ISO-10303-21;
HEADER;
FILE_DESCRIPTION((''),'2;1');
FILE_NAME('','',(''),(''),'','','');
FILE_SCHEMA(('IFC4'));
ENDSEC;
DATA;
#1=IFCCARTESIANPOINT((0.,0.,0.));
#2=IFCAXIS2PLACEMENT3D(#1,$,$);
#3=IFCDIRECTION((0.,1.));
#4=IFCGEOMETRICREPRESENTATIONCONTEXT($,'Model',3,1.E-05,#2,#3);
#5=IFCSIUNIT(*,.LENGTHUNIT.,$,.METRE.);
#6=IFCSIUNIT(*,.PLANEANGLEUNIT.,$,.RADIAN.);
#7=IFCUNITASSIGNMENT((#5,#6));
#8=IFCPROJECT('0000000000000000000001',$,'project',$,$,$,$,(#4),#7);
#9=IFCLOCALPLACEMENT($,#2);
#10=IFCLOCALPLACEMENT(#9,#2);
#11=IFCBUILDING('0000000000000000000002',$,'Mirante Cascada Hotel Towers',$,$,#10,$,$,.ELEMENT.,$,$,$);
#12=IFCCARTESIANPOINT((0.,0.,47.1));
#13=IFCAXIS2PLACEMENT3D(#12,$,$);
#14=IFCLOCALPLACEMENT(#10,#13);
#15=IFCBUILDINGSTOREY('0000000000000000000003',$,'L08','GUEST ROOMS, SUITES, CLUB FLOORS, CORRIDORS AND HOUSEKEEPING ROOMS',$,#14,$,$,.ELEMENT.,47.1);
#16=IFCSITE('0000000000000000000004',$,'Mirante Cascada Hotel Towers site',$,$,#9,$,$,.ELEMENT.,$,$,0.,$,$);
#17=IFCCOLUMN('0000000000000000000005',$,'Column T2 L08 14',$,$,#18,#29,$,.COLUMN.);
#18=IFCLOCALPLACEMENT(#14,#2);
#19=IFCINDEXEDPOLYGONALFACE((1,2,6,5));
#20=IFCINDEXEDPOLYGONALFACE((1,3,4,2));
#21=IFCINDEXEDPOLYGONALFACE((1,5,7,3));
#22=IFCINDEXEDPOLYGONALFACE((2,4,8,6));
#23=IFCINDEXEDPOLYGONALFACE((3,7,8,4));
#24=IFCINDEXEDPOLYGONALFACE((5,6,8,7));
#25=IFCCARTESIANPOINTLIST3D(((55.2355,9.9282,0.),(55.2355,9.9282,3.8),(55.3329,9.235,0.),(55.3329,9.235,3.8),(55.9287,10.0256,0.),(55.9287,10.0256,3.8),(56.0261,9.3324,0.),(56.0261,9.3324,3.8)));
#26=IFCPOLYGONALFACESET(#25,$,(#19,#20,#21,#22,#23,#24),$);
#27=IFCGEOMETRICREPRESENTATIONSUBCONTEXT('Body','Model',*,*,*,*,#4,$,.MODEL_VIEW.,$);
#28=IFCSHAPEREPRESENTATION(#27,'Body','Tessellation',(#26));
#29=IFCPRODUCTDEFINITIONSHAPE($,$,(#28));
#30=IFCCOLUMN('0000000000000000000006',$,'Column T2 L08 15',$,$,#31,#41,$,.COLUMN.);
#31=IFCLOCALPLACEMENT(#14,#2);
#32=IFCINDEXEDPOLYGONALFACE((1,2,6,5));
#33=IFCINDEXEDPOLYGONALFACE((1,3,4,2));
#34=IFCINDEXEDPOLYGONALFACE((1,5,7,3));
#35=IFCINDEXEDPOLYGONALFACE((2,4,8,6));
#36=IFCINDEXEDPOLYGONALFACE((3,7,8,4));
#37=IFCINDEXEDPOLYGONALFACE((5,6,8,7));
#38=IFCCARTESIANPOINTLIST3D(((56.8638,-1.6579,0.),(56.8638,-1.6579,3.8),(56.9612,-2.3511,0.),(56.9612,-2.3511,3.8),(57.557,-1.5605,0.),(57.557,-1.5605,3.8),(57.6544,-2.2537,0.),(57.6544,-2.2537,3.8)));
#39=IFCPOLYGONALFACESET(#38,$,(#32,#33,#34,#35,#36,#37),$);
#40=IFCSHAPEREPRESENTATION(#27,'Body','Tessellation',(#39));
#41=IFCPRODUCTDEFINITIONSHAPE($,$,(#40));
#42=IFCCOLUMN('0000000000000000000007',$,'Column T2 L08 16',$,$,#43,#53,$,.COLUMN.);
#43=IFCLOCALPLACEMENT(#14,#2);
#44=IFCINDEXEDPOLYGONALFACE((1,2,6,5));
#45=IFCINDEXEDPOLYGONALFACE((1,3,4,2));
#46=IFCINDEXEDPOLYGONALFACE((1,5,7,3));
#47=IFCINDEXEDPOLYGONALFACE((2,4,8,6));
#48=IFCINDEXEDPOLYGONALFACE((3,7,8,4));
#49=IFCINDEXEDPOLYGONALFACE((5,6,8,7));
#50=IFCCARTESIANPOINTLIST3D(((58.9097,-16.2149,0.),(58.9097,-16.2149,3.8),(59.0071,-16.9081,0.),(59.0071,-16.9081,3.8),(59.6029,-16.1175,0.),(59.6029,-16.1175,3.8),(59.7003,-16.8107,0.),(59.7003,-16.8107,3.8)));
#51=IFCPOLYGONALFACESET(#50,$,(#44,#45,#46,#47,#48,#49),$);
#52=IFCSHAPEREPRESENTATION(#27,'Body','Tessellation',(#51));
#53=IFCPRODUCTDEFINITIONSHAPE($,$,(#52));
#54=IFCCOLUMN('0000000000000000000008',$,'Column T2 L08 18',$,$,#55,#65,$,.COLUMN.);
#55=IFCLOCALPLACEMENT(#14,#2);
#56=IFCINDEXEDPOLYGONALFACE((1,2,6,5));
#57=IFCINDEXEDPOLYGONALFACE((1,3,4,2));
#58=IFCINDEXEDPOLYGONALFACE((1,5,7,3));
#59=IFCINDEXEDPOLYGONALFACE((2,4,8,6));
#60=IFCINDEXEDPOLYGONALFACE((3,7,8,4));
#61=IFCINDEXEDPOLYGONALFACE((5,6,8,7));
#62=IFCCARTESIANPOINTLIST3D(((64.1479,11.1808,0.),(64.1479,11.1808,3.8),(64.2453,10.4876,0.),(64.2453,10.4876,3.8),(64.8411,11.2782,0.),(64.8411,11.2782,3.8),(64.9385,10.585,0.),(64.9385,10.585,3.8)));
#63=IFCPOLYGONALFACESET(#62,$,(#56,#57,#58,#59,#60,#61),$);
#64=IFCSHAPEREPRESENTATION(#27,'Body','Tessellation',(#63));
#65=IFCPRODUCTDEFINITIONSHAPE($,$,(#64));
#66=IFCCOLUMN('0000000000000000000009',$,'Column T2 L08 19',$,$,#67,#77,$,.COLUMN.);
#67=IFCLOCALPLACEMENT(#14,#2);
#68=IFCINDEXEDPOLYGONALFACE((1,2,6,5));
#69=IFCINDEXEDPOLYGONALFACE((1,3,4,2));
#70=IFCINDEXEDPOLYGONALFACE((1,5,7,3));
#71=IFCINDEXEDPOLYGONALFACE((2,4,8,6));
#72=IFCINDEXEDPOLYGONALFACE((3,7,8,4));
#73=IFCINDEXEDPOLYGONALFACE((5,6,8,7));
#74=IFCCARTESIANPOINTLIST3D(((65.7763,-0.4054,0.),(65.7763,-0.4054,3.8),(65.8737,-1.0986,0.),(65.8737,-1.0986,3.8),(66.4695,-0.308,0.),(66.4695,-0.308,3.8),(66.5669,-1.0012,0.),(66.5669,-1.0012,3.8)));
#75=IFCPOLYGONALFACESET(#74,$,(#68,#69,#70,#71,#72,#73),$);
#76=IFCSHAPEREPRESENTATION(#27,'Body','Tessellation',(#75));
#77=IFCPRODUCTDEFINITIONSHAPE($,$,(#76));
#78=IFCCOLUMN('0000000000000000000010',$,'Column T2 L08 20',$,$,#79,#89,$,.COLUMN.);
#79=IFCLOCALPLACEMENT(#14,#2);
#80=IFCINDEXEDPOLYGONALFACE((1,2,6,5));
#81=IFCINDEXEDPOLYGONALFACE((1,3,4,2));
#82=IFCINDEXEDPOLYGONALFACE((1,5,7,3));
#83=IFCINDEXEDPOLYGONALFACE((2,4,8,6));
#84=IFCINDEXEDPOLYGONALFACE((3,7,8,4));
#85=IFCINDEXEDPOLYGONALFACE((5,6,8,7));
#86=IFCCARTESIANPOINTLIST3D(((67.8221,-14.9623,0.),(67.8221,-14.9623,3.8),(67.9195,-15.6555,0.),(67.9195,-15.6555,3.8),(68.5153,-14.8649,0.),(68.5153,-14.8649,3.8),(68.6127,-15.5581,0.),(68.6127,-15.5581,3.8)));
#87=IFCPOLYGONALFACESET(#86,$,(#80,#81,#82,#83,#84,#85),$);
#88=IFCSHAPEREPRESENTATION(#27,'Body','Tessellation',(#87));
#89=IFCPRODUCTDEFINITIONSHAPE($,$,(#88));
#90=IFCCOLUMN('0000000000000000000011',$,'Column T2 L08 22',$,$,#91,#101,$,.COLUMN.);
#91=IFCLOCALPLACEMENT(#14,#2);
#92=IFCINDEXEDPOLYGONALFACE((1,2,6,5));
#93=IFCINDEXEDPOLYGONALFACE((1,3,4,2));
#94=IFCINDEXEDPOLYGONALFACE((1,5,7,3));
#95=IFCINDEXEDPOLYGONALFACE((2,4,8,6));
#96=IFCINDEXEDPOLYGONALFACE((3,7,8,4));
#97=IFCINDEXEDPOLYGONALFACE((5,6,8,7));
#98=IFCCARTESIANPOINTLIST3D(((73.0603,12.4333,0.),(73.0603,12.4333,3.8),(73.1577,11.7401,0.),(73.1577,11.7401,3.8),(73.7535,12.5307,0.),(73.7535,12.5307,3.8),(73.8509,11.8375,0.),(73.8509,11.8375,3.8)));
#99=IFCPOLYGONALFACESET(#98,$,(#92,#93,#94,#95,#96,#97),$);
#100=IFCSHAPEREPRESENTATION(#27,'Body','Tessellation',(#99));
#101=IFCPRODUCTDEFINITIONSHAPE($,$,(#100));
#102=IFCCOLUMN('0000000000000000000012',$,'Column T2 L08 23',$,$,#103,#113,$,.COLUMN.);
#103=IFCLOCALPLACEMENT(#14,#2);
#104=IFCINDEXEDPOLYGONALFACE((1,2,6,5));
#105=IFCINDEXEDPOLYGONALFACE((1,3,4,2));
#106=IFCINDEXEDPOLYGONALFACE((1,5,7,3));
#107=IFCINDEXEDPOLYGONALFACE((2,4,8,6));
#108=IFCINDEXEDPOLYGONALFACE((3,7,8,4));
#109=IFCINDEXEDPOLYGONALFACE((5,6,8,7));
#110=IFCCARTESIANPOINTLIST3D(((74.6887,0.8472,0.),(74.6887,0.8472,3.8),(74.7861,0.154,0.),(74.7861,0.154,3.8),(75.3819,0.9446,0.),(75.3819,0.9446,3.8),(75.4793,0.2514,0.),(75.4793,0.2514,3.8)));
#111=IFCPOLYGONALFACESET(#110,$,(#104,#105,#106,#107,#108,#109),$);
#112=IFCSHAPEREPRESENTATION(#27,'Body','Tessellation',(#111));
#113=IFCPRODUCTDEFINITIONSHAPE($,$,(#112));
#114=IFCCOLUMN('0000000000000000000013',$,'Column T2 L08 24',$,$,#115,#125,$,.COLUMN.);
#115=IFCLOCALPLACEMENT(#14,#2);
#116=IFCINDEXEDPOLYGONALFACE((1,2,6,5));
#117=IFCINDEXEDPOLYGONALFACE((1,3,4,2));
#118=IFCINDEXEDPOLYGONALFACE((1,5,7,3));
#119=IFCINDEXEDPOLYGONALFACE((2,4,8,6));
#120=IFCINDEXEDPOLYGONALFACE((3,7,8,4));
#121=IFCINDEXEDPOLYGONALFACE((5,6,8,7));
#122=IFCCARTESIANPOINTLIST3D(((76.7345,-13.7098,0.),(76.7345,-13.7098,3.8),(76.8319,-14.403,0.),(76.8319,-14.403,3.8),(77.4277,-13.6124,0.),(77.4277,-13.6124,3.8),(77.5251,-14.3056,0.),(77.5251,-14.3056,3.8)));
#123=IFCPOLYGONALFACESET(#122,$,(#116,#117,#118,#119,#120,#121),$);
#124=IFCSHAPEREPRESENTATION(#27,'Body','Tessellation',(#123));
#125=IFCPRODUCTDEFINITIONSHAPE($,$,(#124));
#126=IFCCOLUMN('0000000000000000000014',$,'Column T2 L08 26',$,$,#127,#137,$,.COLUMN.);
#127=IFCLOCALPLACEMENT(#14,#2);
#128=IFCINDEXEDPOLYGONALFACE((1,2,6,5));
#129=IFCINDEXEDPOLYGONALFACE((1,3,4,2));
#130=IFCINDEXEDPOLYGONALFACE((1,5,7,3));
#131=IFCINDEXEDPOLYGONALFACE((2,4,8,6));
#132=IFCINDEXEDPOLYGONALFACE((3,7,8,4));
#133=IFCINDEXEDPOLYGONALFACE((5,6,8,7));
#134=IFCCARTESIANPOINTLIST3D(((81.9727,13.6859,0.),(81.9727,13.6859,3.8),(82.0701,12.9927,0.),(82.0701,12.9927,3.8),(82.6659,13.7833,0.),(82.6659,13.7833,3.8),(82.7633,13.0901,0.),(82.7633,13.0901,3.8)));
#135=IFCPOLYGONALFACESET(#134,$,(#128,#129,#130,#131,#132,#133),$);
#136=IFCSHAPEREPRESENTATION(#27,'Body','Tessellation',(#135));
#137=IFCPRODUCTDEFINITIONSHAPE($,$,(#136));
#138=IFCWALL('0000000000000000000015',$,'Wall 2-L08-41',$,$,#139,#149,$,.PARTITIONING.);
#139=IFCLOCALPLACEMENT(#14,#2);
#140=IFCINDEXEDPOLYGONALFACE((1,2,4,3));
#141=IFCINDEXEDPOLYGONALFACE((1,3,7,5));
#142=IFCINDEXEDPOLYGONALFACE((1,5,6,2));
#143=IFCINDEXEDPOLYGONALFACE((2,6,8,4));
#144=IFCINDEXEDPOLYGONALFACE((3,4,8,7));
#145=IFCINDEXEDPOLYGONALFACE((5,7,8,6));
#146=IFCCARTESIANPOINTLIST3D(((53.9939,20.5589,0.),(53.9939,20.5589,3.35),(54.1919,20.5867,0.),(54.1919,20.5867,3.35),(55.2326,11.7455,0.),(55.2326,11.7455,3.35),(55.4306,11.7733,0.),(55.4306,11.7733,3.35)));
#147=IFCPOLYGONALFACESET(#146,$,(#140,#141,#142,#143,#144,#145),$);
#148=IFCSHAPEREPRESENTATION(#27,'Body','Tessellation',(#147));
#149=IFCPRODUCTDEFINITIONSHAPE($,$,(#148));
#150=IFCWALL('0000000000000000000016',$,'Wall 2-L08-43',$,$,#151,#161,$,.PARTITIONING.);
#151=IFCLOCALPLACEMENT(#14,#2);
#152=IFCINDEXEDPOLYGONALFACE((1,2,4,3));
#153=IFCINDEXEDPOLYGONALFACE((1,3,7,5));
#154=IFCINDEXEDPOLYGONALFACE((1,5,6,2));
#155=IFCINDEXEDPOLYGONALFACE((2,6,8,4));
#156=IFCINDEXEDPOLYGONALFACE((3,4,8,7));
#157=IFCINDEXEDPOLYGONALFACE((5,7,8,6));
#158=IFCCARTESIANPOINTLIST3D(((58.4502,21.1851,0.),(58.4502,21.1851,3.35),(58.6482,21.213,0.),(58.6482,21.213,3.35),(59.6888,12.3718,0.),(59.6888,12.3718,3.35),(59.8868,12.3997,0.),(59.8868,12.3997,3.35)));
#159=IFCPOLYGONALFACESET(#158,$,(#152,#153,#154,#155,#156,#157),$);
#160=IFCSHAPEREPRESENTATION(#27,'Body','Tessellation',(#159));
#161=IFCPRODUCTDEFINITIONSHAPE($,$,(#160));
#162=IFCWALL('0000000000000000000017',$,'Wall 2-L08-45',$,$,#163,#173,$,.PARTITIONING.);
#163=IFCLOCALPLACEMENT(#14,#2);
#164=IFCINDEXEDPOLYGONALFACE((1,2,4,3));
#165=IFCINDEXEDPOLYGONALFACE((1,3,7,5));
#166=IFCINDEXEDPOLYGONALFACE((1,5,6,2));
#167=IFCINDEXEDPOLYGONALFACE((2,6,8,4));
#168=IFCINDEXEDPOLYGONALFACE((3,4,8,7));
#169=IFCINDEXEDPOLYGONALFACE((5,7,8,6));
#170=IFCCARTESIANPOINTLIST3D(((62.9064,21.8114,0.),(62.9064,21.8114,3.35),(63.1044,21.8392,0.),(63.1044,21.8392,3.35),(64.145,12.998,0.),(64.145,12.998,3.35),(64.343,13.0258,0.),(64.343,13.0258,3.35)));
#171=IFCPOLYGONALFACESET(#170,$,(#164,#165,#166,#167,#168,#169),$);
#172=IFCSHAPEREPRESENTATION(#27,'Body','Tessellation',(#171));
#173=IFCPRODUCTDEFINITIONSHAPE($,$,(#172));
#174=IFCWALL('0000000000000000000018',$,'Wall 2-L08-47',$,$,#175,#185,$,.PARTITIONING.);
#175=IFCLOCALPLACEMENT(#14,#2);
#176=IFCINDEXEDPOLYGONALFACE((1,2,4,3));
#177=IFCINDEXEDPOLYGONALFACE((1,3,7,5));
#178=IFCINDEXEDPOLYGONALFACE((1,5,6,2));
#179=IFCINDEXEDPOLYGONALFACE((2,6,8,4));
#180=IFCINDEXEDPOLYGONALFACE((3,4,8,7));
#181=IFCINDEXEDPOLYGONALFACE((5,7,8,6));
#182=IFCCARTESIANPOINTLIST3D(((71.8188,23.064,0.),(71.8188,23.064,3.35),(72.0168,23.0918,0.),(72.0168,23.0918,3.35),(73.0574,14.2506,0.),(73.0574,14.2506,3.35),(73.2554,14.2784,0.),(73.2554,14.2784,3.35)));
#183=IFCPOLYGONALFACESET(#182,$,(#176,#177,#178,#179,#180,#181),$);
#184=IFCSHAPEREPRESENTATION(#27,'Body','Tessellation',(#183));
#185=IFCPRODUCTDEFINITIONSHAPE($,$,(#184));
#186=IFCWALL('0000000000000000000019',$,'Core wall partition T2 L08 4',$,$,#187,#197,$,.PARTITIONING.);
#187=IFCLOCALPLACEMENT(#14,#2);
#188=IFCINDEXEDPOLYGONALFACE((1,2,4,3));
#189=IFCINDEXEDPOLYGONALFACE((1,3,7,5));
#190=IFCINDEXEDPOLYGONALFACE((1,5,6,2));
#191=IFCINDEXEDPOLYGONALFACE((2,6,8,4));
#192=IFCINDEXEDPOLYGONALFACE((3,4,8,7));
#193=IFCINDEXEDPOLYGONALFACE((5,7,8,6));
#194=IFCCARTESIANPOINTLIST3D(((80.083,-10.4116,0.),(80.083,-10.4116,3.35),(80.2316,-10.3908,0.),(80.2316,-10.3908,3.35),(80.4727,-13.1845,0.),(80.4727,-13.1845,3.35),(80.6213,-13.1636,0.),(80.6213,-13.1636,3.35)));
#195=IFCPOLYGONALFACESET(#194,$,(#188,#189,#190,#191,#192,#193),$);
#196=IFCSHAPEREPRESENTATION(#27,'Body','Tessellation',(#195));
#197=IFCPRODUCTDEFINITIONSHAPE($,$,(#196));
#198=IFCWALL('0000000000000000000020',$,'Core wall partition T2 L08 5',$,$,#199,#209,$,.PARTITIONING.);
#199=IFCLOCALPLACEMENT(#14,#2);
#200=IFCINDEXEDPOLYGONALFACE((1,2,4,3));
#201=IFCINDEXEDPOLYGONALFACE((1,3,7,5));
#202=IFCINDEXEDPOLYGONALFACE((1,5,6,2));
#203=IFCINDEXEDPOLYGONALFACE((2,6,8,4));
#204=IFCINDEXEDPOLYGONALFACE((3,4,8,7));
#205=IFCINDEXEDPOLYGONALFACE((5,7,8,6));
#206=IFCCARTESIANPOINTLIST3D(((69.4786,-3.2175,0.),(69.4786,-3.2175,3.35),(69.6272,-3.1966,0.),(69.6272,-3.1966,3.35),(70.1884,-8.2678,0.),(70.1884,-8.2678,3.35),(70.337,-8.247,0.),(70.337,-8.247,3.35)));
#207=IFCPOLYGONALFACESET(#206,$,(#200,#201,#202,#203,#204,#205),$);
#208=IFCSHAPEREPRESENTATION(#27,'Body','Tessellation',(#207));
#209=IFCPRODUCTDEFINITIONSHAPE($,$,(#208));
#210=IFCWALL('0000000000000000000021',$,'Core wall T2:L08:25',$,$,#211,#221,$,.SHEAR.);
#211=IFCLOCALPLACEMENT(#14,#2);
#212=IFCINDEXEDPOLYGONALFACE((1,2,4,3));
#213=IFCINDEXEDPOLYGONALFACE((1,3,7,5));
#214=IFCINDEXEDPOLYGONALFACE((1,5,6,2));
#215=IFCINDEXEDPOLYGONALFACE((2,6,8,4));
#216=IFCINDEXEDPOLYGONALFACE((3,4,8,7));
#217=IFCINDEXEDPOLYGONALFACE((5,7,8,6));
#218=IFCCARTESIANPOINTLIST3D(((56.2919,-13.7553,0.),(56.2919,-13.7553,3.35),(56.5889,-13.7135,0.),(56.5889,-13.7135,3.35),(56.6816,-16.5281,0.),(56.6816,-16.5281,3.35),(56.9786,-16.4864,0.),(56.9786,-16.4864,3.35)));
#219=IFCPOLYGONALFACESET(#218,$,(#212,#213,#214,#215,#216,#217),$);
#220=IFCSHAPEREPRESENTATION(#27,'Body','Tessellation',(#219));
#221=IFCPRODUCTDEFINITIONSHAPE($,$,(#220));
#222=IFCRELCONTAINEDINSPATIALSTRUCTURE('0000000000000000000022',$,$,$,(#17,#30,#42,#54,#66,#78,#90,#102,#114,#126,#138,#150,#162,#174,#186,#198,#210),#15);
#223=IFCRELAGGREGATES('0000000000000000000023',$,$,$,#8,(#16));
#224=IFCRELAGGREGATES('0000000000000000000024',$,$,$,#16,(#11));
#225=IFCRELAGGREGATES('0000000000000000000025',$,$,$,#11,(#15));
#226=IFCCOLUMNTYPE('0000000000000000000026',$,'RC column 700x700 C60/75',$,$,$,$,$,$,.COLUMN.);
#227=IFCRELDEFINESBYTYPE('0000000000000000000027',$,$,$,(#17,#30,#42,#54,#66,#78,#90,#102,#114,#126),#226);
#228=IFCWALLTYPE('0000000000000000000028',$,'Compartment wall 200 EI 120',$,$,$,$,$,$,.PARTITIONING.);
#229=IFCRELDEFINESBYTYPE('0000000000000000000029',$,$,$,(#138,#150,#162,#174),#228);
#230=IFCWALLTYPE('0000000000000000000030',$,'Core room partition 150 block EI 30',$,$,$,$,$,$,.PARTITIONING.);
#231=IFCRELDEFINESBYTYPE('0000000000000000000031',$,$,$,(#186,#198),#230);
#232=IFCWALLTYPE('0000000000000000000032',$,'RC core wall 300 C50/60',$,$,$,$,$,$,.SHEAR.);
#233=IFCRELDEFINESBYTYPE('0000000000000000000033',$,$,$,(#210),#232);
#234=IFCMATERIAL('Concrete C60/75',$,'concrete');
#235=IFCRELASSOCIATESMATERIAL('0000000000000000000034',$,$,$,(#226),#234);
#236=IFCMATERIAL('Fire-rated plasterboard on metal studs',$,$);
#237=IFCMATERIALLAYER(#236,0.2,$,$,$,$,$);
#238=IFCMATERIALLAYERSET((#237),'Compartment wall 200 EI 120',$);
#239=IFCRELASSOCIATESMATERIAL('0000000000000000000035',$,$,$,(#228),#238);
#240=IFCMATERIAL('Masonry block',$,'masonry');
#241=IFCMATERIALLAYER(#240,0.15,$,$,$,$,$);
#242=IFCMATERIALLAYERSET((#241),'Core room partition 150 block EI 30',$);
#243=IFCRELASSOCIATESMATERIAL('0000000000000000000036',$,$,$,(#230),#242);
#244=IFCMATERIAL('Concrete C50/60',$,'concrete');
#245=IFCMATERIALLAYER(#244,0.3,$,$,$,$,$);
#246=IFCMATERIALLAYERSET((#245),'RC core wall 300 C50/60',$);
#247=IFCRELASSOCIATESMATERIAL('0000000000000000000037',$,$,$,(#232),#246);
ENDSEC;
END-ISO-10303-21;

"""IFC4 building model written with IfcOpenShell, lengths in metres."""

from ifc_helpers import new_model, si_unit, direction, frame, frame_2d, origin, origin_2d, place, context, subcontext, project, spatial, rectangle, extrude, material, layer, layer_set, material_profile, profile_set, type_object, element, save


model = new_model("IFC4")

# Units and contexts
model_context = context("Model", 3, precision=1e-05, world=origin(), true_north=direction((0.0, 1.0)))
body_context = subcontext(model_context, "Body", "Model", "MODEL_VIEW")
ifc_project = project(units=[si_unit("LENGTHUNIT", "METRE"), si_unit("PLANEANGLEUNIT", "RADIAN")], contexts=[model_context])

# Site, building, storey
site_placement = place(None, origin())
site = spatial("IfcSite", under=ifc_project, at=site_placement, Name="Mirante Cascada Hotel Towers site", CompositionType="ELEMENT", RefElevation=0.0)
building_placement = place(site_placement, origin())
building = spatial("IfcBuilding", under=site, at=building_placement, Name="Mirante Cascada Hotel Towers", CompositionType="ELEMENT")
storey_placement = place(building_placement, frame((0.0, 0.0, 47.1)))
storey = spatial("IfcBuildingStorey", under=building, at=storey_placement, Name="L08", Description="GUEST ROOMS, SUITES, CLUB FLOORS, CORRIDORS AND HOUSEKEEPING ROOMS", CompositionType="ELEMENT", Elevation=47.1)

# Columns
ifc_material_1 = material(Name="Concrete C60/75", Category="concrete")
ifc_material_profile = material_profile(ifc_material_1, rectangle(XDim=0.7, YDim=0.7, at=origin_2d()), Name="RC column 700x700 C60/75")
ifc_profile_set = profile_set([ifc_material_profile], Name="Concrete C60/75")
column_type = type_object("IfcColumnType", Name="RC column 700x700 C60/75", PredefinedType="COLUMN", material=ifc_profile_set)
for number, where, z_axis, x_axis, name in (
    (1, (55.6308, 9.6303, 0.0), (0.0, 0.0, 1.0), (0.990268, 0.139173, 0.0), "Column T2 L08 14"),
    (2, (57.2591, -1.9558, 0.0), (0.0, 0.0, 1.0), (0.990268, 0.139173, 0.0), "Column T2 L08 15"),
    (3, (59.305, -16.5128, 0.0), (0.0, 0.0, 1.0), (0.990268, 0.139173, 0.0), "Column T2 L08 16"),
    (4, (64.5432, 10.8829, 0.0), (0.0, 0.0, 1.0), (0.990268, 0.139173, 0.0), "Column T2 L08 18"),
    (5, (66.1716, -0.7033, 0.0), (0.0, 0.0, 1.0), (0.990268, 0.139173, 0.0), "Column T2 L08 19"),
    (6, (68.2174, -15.2602, 0.0), (0.0, 0.0, 1.0), (0.990268, 0.139173, 0.0), "Column T2 L08 20"),
    (7, (73.4556, 12.1354, 0.0), (0.0, 0.0, 1.0), (0.990268, 0.139173, 0.0), "Column T2 L08 22"),
    (8, (75.084, 0.5493, 0.0), (0.0, 0.0, 1.0), (0.990268, 0.139173, 0.0), "Column T2 L08 23"),
    (9, (77.1298, -14.0077, 0.0), (0.0, 0.0, 1.0), (0.990268, 0.139173, 0.0), "Column T2 L08 24"),
    (10, (82.368, 13.388, 0.0), (0.0, 0.0, 1.0), (0.990268, 0.139173, 0.0), "Column T2 L08 26"),
):
    element("IfcColumn", number, at=place(storey_placement, frame(where, z_axis=z_axis, x_axis=x_axis)), inside=storey, type_object=column_type, Name=name, PredefinedType="COLUMN", context=body_context, shape_type="SweptSolid", body=[
        extrude(rectangle(XDim=0.7, YDim=0.7, at=origin_2d()), origin(), (0.0, 0.0, 1.0), 3.8),
    ])

# Walls
ifc_material_2 = material(Name="Fire-rated plasterboard on metal studs")
ifc_layer_1 = layer(ifc_material_2, 0.2)
ifc_layer_set_1 = layer_set([ifc_layer_1], Name="Compartment wall 200 EI 120")
wall_type_1 = type_object("IfcWallType", Name="Compartment wall 200 EI 120", PredefinedType="PARTITIONING", material=ifc_layer_set_1)
wall_1_placement = place(storey_placement, frame((55.3316, 11.7594, 0.0), z_axis=(0.0, 0.0, 1.0), x_axis=(-0.139179, 0.990267, 0.0)))
element("IfcWall", 11, at=wall_1_placement, inside=storey, type_object=wall_type_1, Name="Wall 2-L08-41", PredefinedType="PARTITIONING", context=body_context, shape_type="SweptSolid", body=[
    extrude(rectangle(XDim=8.9, YDim=0.2, at=frame_2d((4.45, 0.0))), origin(), (0.0, 0.0, 1.0), 3.35),
])
wall_2_placement = place(storey_placement, frame((59.7878, 12.3857, 0.0), z_axis=(0.0, 0.0, 1.0), x_axis=(-0.13917, 0.990268, 0.0)))
element("IfcWall", 12, at=wall_2_placement, inside=storey, type_object=wall_type_1, Name="Wall 2-L08-43", PredefinedType="PARTITIONING", context=body_context, shape_type="SweptSolid", body=[
    extrude(rectangle(XDim=8.8999, YDim=0.2, at=frame_2d((4.45, 0.0))), origin(), (0.0, 0.0, 1.0), 3.35),
])
for number, where, z_axis, x_axis, name in (
    (13, (64.244, 13.0119, 0.0), (0.0, 0.0, 1.0), (-0.139168, 0.990269, 0.0), "Wall 2-L08-45"),
    (14, (73.1564, 14.2645, 0.0), (0.0, 0.0, 1.0), (-0.139168, 0.990269, 0.0), "Wall 2-L08-47"),
):
    element("IfcWall", number, at=place(storey_placement, frame(where, z_axis=z_axis, x_axis=x_axis)), inside=storey, type_object=wall_type_1, Name=name, PredefinedType="PARTITIONING", context=body_context, shape_type="SweptSolid", body=[
        extrude(rectangle(XDim=8.9, YDim=0.2, at=frame_2d((4.45, 0.0))), origin(), (0.0, 0.0, 1.0), 3.35),
    ])
ifc_material_3 = material(Name="Masonry block", Category="masonry")
ifc_layer_2 = layer(ifc_material_3, 0.15)
ifc_layer_set_2 = layer_set([ifc_layer_2], Name="Core room partition 150 block EI 30")
wall_type_2 = type_object("IfcWallType", Name="Core room partition 150 block EI 30", PredefinedType="PARTITIONING", material=ifc_layer_set_2)
wall_3_placement = place(storey_placement, frame((80.547, -13.174, 0.0), z_axis=(0.0, 0.0, 1.0), x_axis=(-0.139176, 0.990268, 0.0)))
element("IfcWall", 15, at=wall_3_placement, inside=storey, type_object=wall_type_2, Name="Core wall partition T2 L08 4", PredefinedType="PARTITIONING", context=body_context, shape_type="SweptSolid", body=[
    extrude(rectangle(XDim=2.8001, YDim=0.15, at=frame_2d((1.4, 0.0))), origin(), (0.0, 0.0, 1.0), 3.35),
])
wall_4_placement = place(storey_placement, frame((70.2627, -8.2574, 0.0), z_axis=(0.0, 0.0, 1.0), x_axis=(-0.139176, 0.990268, 0.0)))
element("IfcWall", 16, at=wall_4_placement, inside=storey, type_object=wall_type_2, Name="Core wall partition T2 L08 5", PredefinedType="PARTITIONING", context=body_context, shape_type="SweptSolid", body=[
    extrude(rectangle(XDim=5.1, YDim=0.15, at=frame_2d((2.55, 0.0))), origin(), (0.0, 0.0, 1.0), 3.35),
])
ifc_material_4 = material(Name="Concrete C50/60", Category="concrete")
ifc_layer_3 = layer(ifc_material_4, 0.3)
ifc_layer_set_3 = layer_set([ifc_layer_3], Name="RC core wall 300 C50/60")
wall_type_3 = type_object("IfcWallType", Name="RC core wall 300 C50/60", PredefinedType="SHEAR", material=ifc_layer_set_3)
for number, where, z_axis, x_axis, name in (
    (17, (56.8301, -16.5072, 0.0), (0.0, 0.0, 1.0), (-0.139176, 0.990268, 0.0), "Core wall T2:L08:25"),
):
    element("IfcWall", number, at=place(storey_placement, frame(where, z_axis=z_axis, x_axis=x_axis)), inside=storey, type_object=wall_type_3, Name=name, PredefinedType="SHEAR", context=body_context, shape_type="SweptSolid", body=[
        extrude(rectangle(XDim=2.8001, YDim=0.3, at=frame_2d((1.4, 0.0))), origin(), (0.0, 0.0, 1.0), 3.35),
    ])

save(model, "model.ifc")
